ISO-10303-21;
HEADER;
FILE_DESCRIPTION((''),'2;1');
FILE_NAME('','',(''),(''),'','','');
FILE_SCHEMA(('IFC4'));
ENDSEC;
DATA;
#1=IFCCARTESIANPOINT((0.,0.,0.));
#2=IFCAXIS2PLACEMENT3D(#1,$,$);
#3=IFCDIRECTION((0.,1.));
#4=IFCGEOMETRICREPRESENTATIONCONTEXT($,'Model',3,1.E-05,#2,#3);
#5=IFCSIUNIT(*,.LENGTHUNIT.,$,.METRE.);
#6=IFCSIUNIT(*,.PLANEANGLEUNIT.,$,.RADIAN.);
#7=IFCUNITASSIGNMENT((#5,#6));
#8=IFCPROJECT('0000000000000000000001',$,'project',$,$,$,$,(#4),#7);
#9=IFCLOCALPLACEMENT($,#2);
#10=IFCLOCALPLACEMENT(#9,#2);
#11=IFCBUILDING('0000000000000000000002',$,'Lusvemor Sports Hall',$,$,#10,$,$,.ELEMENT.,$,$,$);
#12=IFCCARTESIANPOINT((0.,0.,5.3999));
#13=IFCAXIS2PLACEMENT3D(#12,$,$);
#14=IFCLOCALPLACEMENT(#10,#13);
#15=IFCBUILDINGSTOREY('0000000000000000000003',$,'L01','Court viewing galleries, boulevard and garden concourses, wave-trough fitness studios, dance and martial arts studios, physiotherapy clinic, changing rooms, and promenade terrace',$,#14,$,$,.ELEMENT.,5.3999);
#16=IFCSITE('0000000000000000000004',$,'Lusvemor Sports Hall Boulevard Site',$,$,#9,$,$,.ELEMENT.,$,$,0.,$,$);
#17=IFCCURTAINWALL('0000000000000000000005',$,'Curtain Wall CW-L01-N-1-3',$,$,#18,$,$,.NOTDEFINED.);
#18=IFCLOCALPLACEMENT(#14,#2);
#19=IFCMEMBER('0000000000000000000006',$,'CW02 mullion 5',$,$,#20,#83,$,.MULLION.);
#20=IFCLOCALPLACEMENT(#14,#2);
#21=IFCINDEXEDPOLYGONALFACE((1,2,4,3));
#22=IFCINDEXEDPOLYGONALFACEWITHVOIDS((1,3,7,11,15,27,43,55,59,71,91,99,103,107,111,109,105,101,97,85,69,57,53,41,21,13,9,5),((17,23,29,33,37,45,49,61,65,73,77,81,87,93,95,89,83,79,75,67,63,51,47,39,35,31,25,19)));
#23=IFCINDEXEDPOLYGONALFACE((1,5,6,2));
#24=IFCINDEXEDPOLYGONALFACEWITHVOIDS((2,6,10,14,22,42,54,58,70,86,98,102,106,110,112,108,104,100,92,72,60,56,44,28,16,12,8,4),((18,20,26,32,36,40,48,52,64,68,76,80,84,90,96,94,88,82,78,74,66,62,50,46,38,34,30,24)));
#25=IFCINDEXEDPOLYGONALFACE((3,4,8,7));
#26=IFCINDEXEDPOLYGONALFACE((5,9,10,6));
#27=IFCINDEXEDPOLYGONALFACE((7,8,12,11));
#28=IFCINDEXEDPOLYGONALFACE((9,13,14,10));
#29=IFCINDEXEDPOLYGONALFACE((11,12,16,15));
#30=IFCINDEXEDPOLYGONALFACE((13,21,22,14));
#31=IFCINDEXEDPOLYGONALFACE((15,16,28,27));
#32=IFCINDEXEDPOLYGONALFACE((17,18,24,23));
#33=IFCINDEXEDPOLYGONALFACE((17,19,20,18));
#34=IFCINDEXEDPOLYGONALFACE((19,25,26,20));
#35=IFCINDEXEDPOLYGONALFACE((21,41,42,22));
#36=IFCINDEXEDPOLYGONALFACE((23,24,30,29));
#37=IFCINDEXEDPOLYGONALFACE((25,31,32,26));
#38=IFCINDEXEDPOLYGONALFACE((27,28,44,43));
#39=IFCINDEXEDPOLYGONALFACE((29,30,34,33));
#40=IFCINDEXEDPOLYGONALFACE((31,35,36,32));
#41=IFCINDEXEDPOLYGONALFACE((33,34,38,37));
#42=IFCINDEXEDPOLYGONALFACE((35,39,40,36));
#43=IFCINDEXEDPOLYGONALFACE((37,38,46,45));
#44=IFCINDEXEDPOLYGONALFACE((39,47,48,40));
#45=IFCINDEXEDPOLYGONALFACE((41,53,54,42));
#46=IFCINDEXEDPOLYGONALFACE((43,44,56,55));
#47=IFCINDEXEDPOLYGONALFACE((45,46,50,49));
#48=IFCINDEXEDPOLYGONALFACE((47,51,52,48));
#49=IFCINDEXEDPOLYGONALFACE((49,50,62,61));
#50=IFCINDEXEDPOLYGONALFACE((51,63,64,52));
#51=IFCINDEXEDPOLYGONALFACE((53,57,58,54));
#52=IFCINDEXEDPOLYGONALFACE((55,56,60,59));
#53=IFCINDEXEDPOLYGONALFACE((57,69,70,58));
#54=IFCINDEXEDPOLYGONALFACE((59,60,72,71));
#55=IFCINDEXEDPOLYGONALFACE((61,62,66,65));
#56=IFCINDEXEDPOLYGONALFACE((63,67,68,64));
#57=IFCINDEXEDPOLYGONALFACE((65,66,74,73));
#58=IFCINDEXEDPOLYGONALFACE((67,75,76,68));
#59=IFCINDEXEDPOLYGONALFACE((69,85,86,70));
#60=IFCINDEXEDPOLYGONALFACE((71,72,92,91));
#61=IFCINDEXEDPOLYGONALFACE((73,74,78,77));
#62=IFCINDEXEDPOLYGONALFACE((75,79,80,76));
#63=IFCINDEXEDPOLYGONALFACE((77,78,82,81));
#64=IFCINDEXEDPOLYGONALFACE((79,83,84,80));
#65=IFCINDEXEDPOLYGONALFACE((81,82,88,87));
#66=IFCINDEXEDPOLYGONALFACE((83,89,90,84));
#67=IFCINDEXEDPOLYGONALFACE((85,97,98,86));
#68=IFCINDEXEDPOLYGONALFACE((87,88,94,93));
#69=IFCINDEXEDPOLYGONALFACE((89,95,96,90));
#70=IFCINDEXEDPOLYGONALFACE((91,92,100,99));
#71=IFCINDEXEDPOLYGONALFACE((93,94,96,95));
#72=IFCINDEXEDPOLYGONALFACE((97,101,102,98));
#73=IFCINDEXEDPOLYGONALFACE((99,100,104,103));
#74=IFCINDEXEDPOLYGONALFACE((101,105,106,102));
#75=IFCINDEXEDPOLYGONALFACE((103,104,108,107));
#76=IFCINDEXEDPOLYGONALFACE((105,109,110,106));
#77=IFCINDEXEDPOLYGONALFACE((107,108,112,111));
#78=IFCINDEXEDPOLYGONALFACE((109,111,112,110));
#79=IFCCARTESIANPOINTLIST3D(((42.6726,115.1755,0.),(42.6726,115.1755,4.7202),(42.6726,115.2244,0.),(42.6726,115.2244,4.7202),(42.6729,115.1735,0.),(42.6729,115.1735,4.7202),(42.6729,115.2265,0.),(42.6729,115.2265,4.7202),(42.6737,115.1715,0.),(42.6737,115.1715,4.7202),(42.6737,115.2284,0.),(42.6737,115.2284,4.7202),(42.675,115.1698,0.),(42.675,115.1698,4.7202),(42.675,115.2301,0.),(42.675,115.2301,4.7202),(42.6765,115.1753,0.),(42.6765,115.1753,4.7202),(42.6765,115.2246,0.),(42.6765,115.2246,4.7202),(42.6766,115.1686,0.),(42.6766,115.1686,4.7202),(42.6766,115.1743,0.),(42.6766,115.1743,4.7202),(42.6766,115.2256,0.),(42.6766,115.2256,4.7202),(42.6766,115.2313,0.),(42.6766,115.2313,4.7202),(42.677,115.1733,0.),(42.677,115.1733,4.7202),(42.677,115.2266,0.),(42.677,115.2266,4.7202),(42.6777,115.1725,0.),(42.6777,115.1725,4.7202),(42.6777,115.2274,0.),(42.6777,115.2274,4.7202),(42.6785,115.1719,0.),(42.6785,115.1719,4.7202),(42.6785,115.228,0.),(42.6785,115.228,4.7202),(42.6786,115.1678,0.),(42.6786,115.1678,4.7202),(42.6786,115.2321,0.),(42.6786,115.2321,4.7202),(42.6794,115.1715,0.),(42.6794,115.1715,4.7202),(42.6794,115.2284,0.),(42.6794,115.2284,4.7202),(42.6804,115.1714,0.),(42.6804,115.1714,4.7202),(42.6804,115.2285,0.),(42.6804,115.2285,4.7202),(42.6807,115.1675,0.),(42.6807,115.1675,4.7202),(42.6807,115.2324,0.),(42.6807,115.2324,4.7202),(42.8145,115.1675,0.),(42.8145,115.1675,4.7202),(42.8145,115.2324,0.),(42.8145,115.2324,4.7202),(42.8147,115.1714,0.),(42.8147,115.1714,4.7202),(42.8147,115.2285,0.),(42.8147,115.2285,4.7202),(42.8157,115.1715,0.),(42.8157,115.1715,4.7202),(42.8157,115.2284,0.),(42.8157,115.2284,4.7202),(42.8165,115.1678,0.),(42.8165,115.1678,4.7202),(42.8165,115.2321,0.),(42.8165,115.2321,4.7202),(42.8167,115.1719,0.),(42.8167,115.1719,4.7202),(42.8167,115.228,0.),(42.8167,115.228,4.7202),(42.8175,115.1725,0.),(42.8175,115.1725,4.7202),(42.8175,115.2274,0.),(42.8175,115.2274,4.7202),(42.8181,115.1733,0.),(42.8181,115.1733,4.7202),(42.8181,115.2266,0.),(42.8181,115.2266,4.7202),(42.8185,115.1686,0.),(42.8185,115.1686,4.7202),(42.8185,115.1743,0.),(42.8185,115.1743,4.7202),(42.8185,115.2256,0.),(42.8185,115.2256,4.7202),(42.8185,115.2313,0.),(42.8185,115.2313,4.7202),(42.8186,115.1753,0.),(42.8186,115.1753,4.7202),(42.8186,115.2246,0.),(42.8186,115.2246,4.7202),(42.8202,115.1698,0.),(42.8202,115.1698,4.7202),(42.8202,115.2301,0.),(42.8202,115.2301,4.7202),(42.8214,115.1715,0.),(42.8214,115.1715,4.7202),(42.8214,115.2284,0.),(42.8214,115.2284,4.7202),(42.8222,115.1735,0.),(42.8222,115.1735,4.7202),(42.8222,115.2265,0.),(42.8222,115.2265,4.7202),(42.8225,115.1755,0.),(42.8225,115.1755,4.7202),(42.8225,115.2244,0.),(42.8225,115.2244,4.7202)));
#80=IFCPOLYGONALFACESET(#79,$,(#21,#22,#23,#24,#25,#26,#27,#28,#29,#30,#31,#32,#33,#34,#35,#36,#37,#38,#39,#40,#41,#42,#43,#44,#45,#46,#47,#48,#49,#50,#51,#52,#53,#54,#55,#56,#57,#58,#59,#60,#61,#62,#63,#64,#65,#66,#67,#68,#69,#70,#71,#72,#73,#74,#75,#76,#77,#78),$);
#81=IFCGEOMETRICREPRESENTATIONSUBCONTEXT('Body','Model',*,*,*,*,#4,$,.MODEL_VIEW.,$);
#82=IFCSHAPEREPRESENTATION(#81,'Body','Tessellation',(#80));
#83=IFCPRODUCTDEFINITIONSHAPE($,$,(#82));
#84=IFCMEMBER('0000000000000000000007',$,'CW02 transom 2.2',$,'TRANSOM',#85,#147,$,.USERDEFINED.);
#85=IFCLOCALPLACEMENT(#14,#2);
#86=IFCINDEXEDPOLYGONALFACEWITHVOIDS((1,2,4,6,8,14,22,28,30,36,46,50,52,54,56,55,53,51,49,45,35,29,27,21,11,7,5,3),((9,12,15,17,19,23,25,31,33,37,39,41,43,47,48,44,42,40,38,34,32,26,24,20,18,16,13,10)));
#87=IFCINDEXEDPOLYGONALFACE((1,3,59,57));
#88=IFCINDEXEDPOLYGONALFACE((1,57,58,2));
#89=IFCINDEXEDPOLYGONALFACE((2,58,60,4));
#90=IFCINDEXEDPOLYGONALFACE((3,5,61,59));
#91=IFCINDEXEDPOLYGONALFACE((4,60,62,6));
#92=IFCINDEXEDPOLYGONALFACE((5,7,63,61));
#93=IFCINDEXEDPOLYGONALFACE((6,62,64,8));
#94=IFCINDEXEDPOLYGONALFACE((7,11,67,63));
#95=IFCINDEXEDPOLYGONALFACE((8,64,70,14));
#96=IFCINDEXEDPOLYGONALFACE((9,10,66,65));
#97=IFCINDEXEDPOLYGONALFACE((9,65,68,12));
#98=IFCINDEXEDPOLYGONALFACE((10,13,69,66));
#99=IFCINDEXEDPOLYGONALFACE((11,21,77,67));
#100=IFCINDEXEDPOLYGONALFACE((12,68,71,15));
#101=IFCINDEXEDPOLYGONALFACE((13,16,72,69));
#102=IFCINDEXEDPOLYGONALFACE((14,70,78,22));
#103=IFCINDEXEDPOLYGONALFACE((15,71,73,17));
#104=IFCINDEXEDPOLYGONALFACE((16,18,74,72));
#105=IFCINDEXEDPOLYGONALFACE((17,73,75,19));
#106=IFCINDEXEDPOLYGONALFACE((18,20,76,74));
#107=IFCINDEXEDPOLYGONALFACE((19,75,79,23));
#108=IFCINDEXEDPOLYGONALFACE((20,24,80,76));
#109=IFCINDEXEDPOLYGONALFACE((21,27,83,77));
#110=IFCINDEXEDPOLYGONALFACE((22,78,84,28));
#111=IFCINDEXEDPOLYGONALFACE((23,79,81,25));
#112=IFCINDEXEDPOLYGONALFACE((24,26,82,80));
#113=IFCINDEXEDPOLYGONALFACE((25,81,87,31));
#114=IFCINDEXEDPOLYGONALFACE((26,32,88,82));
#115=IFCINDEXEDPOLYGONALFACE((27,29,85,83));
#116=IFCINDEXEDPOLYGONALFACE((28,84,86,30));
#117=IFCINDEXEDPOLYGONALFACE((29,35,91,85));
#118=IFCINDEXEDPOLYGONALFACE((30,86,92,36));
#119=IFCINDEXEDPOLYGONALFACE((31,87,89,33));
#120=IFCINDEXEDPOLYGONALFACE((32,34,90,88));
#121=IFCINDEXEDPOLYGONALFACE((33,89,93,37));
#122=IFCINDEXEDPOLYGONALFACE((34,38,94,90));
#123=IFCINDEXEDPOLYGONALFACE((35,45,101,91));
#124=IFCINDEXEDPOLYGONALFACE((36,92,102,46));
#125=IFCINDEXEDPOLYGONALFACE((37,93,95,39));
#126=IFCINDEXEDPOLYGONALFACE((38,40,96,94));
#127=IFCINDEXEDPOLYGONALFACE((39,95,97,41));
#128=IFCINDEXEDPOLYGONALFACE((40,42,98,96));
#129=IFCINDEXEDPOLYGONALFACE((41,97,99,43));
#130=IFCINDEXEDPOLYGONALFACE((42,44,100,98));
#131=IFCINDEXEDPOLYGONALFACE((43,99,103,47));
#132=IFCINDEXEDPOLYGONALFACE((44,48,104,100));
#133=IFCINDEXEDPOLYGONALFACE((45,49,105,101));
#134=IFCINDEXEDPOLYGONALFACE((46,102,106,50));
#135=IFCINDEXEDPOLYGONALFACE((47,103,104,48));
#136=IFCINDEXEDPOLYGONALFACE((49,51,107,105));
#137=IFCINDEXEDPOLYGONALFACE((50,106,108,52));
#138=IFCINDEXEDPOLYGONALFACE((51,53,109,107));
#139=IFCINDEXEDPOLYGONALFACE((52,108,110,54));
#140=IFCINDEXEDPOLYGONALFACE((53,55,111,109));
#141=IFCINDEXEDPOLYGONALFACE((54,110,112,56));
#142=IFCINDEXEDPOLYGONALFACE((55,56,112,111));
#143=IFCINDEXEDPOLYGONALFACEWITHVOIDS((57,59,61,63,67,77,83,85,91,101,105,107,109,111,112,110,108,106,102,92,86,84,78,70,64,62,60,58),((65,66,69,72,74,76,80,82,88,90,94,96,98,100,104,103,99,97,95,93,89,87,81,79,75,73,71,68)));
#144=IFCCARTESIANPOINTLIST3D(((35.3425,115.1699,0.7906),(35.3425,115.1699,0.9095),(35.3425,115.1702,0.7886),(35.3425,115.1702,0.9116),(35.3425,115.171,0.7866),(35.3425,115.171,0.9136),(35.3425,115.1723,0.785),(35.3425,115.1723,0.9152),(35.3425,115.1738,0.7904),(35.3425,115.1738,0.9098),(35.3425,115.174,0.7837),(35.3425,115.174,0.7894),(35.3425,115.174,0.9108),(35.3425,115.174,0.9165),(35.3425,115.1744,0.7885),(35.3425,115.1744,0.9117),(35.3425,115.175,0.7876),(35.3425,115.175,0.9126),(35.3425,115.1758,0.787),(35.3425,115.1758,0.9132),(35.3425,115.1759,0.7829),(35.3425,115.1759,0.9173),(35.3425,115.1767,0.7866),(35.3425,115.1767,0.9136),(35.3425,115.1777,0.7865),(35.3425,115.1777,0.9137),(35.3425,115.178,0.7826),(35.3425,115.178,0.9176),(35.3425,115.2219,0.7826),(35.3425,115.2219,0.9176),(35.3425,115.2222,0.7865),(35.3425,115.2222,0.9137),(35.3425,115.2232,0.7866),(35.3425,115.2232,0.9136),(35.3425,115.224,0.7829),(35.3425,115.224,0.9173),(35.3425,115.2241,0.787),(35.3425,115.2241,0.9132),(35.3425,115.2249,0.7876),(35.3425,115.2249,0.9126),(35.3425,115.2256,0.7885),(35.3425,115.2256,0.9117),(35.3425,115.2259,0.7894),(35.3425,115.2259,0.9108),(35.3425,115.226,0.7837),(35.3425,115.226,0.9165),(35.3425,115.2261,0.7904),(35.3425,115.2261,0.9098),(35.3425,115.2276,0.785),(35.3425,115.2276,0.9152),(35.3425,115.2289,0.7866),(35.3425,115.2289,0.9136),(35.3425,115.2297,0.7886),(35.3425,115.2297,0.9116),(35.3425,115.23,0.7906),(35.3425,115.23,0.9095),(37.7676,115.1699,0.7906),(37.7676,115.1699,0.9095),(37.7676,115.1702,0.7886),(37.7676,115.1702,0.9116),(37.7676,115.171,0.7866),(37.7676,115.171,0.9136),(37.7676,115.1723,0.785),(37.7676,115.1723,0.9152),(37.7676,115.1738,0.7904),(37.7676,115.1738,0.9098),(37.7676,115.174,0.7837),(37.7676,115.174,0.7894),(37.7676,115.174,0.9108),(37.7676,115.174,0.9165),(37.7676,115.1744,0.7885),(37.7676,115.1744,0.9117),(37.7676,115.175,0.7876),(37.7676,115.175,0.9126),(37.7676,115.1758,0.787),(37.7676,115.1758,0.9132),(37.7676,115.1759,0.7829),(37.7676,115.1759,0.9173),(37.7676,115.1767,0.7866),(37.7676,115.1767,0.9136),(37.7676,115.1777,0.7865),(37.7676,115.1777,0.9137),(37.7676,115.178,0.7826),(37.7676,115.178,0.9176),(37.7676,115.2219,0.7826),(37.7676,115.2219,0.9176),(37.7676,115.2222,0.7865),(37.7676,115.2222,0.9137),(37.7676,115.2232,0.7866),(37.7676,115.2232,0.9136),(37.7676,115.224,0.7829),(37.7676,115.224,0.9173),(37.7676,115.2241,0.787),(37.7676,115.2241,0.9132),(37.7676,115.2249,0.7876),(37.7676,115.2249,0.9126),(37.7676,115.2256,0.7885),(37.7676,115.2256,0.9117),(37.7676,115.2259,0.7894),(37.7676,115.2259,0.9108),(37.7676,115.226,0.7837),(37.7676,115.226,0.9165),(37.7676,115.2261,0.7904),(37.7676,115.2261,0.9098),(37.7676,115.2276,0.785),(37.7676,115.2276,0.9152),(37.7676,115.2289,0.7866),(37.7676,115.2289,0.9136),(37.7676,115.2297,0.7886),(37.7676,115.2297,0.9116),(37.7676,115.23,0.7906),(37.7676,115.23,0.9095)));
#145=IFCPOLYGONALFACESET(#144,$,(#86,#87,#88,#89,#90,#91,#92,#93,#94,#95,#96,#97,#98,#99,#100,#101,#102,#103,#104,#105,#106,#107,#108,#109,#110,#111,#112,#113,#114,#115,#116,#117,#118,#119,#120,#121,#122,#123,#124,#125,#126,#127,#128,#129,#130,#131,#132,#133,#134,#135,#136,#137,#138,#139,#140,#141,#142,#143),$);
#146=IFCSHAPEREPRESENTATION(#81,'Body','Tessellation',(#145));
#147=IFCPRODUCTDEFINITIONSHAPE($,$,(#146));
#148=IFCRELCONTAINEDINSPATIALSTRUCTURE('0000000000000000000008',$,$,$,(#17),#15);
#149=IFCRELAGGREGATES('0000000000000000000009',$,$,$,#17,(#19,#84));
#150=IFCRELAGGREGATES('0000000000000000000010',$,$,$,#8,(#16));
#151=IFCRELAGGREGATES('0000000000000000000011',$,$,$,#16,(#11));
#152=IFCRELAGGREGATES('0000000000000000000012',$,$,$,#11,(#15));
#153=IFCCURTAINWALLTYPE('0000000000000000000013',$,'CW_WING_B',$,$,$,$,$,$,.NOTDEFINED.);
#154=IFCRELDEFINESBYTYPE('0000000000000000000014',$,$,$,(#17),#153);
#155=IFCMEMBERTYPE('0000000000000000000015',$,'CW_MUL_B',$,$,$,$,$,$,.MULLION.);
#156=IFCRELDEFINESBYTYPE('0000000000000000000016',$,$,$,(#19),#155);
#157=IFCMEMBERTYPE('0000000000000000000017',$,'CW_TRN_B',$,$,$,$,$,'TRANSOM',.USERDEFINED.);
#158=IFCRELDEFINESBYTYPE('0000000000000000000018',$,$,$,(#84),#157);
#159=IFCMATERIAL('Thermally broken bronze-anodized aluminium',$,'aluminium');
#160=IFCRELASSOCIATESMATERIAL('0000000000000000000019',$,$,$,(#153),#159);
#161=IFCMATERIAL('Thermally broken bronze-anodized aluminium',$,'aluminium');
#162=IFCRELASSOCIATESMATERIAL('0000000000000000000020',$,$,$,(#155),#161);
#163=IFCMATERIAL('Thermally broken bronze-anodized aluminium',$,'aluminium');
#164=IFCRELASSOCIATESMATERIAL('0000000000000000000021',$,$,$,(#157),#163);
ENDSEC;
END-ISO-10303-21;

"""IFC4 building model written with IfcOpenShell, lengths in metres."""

from ifc_helpers import new_model, si_unit, direction, frame, origin, origin_2d, place, context, subcontext, project, spatial, hollow_rectangle, extrude, material, material_profile, profile_set, type_object, element, aggregate, save


model = new_model("IFC4")

# Units and contexts
model_context = context("Model", 3, precision=1e-05, world=origin(), true_north=direction((0.0, 1.0)))
body_context = subcontext(model_context, "Body", "Model", "MODEL_VIEW")
ifc_project = project(units=[si_unit("LENGTHUNIT", "METRE"), si_unit("PLANEANGLEUNIT", "RADIAN")], contexts=[model_context])

# Site, building, storey
site_placement = place(None, origin())
site = spatial("IfcSite", under=ifc_project, at=site_placement, Name="Lusvemor Sports Hall Boulevard Site", CompositionType="ELEMENT", RefElevation=0.0)
building_placement = place(site_placement, origin())
building = spatial("IfcBuilding", under=site, at=building_placement, Name="Lusvemor Sports Hall", CompositionType="ELEMENT")
storey_placement = place(building_placement, frame((0.0, 0.0, 5.3999)))
storey = spatial("IfcBuildingStorey", under=building, at=storey_placement, Name="L01", Description="Court viewing galleries, boulevard and garden concourses, wave-trough fitness studios, dance and martial arts studios, physiotherapy clinic, changing rooms, and promenade terrace", CompositionType="ELEMENT", Elevation=5.3999)

# Curtain wall, members
ifc_material_1 = material(Name="Thermally broken bronze-anodized aluminium", Category="aluminium")
curtain_wall_type = type_object("IfcCurtainWallType", Name="CW_WING_B", PredefinedType="NOTDEFINED", material=ifc_material_1)
curtain_wall_placement = place(storey_placement, origin())
curtain_wall = element("IfcCurtainWall", 1, at=curtain_wall_placement, inside=storey, type_object=curtain_wall_type, Name="Curtain Wall CW-L01-N-1-3", PredefinedType="NOTDEFINED")
ifc_material_2 = material(Name="Thermally broken bronze-anodized aluminium", Category="aluminium")
ifc_material_profile_1 = material_profile(ifc_material_2, hollow_rectangle(XDim=0.0649, YDim=0.1499, WallThickness=0.0039, InnerFilletRadius=0.0039, OuterFilletRadius=0.0081, at=origin_2d()), Name="CWMUL150x65x4")
ifc_profile_set_1 = profile_set([ifc_material_profile_1], Name="Thermally broken bronze-anodized aluminium")
member_type_1 = type_object("IfcMemberType", Name="CW_MUL_B", PredefinedType="MULLION", material=ifc_profile_set_1)
member_1_placement = place(storey_placement, frame((42.7476, 115.2, 0.0), z_axis=(0.0, 0.0, 1.0), x_axis=(0.0, 1.0, 0.0)))
member_1 = element("IfcMember", 2, at=member_1_placement, type_object=member_type_1, Name="CW02 mullion 5", PredefinedType="MULLION", context=body_context, shape_type="SweptSolid", body=[
    extrude(hollow_rectangle(XDim=0.0649, YDim=0.1499, WallThickness=0.0039, InnerFilletRadius=0.0039, OuterFilletRadius=0.0081, at=origin_2d()), origin(), (0.0, 0.0, 1.0), 4.7202),
])
ifc_material_3 = material(Name="Thermally broken bronze-anodized aluminium", Category="aluminium")
ifc_material_profile_2 = material_profile(ifc_material_3, hollow_rectangle(XDim=0.0601, YDim=0.135, WallThickness=0.0039, InnerFilletRadius=0.0039, OuterFilletRadius=0.0081, at=origin_2d()), Name="CWTRN135x60x4")
ifc_profile_set_2 = profile_set([ifc_material_profile_2], Name="Thermally broken bronze-anodized aluminium")
member_type_2 = type_object("IfcMemberType", Name="CW_TRN_B", ElementType="TRANSOM", PredefinedType="USERDEFINED", material=ifc_profile_set_2)
member_2_placement = place(storey_placement, frame((35.3425, 115.2, 0.8501), z_axis=(1.0, 0.0, 0.0), x_axis=(0.0, 1.0, 0.0)))
member_2 = element("IfcMember", 3, at=member_2_placement, type_object=member_type_2, Name="CW02 transom 2.2", ObjectType="TRANSOM", PredefinedType="USERDEFINED", context=body_context, shape_type="SweptSolid", body=[
    extrude(hollow_rectangle(XDim=0.0601, YDim=0.135, WallThickness=0.0039, InnerFilletRadius=0.0039, OuterFilletRadius=0.0081, at=origin_2d()), origin(), (0.0, 0.0, 1.0), 2.425),
])

aggregate(curtain_wall, [member_1, member_2])

save(model, "model.ifc")
